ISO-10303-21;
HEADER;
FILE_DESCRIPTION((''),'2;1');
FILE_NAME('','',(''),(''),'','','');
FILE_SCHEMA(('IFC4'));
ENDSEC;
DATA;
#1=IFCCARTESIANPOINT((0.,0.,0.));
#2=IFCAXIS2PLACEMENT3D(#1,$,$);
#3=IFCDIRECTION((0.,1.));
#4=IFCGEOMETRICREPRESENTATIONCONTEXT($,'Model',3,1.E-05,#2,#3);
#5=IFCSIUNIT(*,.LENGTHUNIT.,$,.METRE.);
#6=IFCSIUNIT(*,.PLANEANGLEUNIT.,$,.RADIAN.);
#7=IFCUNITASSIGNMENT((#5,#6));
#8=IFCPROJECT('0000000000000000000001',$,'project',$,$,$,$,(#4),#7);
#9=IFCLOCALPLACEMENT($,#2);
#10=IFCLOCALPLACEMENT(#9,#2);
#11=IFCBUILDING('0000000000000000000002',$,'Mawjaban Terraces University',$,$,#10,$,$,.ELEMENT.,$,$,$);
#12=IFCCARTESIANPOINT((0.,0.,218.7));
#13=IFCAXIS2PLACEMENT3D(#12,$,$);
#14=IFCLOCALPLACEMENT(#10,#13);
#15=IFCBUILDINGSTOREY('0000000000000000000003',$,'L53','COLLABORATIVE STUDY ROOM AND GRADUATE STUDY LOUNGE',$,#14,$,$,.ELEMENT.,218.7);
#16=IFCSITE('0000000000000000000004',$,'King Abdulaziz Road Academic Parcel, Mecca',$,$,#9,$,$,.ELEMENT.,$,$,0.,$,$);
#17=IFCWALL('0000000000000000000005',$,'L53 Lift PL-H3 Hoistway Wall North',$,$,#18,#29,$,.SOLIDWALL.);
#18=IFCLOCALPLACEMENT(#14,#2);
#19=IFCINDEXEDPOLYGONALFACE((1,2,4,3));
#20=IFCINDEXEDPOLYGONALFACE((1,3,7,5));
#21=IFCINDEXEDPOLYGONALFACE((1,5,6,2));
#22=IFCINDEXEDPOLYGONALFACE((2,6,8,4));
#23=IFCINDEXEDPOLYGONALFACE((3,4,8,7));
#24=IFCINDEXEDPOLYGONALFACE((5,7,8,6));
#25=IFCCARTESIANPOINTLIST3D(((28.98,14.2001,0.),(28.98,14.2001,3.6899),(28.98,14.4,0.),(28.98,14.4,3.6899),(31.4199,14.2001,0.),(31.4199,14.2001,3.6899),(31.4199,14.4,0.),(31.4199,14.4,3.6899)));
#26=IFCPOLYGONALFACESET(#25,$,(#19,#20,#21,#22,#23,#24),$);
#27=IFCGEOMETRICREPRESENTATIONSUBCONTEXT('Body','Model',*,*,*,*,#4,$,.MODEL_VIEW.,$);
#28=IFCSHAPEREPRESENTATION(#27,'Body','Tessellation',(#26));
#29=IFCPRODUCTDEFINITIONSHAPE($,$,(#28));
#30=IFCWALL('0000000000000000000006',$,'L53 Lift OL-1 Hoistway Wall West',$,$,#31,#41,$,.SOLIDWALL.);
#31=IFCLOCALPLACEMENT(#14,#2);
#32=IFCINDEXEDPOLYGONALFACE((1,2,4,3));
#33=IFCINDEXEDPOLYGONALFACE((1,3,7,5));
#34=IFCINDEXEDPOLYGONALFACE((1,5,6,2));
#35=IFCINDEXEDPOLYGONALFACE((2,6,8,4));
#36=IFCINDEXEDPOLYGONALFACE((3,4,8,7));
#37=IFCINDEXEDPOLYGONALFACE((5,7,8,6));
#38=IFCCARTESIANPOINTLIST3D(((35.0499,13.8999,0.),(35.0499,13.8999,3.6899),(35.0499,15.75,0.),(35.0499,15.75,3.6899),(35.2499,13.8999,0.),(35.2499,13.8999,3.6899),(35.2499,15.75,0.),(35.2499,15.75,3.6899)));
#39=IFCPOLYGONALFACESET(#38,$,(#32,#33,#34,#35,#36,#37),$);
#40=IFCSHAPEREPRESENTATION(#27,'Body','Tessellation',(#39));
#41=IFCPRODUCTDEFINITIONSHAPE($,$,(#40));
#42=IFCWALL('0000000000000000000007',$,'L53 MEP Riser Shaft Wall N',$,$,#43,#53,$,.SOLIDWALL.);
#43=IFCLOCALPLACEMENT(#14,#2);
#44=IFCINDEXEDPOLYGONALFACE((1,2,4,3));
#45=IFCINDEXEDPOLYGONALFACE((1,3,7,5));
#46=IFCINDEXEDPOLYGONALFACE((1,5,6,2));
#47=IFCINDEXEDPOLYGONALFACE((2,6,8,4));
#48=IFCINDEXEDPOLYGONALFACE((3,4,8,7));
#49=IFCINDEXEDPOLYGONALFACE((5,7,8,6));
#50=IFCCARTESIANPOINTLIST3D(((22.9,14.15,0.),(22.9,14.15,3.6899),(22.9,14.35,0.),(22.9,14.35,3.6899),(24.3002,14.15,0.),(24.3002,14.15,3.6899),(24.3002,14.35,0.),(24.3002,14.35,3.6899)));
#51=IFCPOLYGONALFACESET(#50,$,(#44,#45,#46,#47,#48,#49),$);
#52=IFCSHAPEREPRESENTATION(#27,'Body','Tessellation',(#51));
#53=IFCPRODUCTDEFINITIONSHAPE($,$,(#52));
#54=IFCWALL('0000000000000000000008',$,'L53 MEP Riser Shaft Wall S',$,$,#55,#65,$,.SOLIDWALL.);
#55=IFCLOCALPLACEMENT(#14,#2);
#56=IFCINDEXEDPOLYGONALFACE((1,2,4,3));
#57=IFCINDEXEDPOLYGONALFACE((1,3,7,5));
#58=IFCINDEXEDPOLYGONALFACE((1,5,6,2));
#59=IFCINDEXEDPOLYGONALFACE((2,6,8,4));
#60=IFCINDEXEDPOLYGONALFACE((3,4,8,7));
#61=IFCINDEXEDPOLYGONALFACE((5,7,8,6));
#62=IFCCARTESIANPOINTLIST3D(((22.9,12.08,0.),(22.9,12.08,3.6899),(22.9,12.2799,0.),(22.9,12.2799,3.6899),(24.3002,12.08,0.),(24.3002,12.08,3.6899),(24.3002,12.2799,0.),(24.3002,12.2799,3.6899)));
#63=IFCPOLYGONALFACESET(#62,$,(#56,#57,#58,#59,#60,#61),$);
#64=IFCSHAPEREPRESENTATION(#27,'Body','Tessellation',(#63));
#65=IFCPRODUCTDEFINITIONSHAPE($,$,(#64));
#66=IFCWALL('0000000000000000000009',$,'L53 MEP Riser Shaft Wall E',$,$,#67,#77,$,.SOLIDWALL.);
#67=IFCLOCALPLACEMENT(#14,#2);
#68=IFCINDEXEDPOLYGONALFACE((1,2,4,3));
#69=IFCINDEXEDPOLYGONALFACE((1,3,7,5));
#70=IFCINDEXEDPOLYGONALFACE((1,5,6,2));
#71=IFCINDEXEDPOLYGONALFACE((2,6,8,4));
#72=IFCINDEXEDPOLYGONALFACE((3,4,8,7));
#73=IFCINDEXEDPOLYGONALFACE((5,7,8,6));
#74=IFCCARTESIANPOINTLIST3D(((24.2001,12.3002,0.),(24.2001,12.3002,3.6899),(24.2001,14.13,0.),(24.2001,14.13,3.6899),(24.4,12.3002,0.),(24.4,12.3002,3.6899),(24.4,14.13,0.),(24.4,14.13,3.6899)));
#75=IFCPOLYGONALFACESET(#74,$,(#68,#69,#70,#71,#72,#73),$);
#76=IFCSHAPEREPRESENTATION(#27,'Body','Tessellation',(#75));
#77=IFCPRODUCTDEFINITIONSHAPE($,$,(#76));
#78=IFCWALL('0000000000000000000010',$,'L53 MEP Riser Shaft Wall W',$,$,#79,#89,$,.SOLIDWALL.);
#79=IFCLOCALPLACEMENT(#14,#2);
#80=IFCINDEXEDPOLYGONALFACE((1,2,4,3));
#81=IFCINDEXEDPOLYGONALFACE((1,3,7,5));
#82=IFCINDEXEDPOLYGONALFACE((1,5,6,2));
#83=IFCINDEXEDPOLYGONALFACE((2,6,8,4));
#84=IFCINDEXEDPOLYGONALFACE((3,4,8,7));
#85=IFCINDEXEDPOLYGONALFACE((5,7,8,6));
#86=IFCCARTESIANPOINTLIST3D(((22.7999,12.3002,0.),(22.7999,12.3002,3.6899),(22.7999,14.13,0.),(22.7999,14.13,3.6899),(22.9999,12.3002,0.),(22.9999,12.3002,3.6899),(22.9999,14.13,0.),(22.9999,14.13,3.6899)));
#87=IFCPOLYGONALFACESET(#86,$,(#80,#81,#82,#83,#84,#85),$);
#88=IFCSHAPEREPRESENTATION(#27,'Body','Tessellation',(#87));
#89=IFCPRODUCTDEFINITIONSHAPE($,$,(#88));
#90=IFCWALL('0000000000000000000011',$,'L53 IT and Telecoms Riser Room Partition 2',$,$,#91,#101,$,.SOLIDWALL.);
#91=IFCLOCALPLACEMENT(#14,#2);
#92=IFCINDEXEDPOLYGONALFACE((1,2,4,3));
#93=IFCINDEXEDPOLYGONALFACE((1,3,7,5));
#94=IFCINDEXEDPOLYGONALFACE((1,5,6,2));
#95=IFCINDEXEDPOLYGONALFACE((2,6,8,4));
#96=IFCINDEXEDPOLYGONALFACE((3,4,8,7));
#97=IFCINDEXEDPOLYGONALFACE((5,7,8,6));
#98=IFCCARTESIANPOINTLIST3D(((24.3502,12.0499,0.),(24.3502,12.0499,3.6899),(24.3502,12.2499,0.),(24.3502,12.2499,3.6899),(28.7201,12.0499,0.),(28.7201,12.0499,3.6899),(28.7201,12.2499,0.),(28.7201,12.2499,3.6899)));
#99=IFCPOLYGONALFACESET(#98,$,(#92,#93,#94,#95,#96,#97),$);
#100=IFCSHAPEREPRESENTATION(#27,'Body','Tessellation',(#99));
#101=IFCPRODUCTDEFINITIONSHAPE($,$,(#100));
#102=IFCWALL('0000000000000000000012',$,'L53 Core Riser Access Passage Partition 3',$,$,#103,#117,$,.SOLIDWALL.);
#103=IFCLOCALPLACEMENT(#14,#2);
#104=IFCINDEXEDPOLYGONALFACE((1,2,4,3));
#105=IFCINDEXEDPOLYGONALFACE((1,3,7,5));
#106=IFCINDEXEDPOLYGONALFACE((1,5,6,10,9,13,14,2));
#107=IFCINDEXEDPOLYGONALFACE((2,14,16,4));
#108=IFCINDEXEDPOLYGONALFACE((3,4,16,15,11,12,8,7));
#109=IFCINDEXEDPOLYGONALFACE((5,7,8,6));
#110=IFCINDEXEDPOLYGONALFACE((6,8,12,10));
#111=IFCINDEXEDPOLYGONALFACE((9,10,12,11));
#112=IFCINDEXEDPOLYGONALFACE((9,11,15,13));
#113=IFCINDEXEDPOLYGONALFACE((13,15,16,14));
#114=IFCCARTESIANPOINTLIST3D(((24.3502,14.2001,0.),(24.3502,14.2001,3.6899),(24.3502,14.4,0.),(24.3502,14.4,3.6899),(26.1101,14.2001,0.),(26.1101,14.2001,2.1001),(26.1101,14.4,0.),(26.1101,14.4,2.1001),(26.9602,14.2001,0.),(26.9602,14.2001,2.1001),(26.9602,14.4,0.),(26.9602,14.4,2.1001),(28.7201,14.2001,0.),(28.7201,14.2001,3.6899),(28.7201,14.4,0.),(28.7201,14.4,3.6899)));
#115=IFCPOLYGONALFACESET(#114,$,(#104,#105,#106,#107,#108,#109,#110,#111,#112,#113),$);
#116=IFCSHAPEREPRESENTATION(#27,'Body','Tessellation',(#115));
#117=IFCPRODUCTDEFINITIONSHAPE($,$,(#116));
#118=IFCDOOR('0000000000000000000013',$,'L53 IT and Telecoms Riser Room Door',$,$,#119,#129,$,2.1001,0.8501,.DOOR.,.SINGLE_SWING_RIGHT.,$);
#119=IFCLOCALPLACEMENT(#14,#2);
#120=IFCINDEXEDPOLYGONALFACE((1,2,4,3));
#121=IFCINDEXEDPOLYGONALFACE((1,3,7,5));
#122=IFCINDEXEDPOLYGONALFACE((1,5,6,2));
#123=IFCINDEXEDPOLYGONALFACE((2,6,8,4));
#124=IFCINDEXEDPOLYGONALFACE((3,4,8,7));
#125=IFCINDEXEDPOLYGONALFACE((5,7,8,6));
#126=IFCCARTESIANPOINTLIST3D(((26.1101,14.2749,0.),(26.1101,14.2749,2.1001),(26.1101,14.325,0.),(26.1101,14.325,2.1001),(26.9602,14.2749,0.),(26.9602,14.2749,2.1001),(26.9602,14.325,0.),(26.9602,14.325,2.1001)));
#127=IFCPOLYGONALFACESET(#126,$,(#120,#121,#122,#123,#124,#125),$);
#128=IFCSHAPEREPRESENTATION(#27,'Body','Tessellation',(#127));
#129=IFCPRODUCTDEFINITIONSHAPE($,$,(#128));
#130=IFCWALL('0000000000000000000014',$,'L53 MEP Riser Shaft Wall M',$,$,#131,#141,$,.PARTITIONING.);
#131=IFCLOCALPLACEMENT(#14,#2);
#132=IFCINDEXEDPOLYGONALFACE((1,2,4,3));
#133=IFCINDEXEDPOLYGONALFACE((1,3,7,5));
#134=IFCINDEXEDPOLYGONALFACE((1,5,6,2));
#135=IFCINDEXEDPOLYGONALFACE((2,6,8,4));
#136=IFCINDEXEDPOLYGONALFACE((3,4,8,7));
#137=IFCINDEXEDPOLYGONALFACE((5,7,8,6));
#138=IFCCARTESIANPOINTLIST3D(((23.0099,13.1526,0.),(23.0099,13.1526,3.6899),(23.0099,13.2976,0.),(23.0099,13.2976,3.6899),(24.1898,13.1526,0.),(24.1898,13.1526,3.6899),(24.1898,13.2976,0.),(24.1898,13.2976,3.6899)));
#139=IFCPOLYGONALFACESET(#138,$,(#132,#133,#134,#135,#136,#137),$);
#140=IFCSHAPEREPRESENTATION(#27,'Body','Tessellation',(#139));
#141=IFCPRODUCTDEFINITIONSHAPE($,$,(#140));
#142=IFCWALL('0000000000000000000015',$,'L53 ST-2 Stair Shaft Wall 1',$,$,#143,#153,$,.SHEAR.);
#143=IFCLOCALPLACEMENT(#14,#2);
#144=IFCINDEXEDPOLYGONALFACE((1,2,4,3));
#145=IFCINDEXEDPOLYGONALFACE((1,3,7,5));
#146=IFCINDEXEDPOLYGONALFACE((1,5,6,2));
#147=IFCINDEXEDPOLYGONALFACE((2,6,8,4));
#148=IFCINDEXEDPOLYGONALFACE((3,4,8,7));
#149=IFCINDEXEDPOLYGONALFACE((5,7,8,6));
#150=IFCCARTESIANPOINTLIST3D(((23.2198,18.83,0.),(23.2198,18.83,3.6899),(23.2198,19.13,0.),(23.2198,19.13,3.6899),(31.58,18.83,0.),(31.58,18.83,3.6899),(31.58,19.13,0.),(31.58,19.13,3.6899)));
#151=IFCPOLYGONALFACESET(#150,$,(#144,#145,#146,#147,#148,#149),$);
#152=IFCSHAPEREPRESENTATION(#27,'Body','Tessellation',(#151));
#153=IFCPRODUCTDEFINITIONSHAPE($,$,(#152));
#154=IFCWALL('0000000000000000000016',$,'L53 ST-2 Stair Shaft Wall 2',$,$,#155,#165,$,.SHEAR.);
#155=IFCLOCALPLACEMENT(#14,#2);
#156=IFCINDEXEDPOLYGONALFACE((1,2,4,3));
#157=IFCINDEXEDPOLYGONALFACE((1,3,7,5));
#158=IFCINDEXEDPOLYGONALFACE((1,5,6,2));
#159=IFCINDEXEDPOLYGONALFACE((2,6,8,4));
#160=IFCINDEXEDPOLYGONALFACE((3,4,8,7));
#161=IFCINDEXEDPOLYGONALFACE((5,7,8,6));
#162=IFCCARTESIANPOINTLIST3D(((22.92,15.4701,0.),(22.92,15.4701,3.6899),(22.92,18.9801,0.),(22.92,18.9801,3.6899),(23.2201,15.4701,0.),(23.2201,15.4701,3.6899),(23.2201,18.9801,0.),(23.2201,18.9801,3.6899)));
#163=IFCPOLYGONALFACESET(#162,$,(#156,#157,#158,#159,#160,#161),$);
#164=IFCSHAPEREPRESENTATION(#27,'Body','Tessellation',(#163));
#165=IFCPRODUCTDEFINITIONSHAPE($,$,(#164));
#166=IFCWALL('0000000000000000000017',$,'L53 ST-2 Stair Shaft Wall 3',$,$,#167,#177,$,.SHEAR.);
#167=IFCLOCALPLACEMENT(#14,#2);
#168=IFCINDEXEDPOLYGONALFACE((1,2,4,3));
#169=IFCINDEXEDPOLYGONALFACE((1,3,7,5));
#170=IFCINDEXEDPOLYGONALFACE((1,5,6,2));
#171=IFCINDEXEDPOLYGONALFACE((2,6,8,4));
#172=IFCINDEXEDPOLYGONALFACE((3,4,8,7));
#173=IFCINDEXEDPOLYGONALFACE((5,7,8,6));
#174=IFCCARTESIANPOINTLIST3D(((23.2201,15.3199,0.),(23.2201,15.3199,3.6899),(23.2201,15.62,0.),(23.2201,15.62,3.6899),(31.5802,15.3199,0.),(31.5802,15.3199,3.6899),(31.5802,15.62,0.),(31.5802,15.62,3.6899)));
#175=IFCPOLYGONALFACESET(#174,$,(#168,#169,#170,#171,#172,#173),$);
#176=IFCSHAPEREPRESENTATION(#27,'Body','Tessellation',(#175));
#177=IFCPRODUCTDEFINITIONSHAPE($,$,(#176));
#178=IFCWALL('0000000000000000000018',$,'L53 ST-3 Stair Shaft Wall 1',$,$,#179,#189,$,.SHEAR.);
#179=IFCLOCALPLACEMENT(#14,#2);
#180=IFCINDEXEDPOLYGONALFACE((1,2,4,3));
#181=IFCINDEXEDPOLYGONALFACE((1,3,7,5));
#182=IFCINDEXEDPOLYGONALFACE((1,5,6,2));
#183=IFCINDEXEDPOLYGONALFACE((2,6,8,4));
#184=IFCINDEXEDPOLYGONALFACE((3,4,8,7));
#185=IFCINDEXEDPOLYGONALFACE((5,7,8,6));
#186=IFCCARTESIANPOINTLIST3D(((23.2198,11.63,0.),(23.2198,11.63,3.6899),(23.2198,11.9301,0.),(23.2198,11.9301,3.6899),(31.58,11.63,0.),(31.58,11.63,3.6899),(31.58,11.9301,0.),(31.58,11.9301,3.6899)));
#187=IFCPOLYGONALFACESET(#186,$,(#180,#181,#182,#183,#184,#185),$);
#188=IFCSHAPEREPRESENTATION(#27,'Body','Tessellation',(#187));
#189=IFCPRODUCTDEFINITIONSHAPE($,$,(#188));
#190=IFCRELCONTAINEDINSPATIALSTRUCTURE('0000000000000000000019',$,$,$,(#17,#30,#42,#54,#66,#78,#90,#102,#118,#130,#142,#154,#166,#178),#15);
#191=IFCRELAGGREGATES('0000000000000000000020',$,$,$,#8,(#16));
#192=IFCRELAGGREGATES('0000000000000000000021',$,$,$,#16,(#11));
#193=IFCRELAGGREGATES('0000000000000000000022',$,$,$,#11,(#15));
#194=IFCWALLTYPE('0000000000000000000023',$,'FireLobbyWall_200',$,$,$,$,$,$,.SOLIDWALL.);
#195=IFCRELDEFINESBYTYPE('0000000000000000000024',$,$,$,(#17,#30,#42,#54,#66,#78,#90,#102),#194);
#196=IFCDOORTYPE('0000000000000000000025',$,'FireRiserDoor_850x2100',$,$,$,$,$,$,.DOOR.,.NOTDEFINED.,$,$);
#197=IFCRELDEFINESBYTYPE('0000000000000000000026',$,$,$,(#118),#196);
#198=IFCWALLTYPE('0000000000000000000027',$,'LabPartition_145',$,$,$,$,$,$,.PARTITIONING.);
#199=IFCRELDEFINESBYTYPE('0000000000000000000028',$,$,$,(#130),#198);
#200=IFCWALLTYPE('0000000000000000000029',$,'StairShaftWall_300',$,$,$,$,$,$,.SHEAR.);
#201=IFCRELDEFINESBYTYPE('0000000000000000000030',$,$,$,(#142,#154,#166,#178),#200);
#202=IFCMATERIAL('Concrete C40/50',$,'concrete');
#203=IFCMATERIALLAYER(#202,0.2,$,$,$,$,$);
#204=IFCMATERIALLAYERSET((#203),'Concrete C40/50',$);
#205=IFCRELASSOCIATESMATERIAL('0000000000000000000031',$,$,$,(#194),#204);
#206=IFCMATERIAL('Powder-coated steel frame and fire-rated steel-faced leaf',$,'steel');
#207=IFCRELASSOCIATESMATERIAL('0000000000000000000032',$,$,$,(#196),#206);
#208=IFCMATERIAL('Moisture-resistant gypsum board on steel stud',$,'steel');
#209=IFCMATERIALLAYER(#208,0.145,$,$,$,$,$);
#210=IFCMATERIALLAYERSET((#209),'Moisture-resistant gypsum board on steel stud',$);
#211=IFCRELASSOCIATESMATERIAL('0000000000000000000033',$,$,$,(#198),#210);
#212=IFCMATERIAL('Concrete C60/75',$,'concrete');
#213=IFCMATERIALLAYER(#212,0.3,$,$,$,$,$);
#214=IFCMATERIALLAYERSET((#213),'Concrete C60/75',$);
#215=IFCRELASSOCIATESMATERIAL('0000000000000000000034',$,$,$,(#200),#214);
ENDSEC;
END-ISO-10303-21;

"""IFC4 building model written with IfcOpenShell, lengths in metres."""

from ifc_helpers import new_model, si_unit, direction, frame, frame_2d, origin, place, context, subcontext, project, spatial, rectangle, extrude, material, layer, layer_set, type_object, element, fill, save


model = new_model("IFC4")

# Units and contexts
model_context = context("Model", 3, precision=1e-05, world=origin(), true_north=direction((0.0, 1.0)))
body_context = subcontext(model_context, "Body", "Model", "MODEL_VIEW")
ifc_project = project(units=[si_unit("LENGTHUNIT", "METRE"), si_unit("PLANEANGLEUNIT", "RADIAN")], contexts=[model_context])

# Site, building, storey
site_placement = place(None, origin())
site = spatial("IfcSite", under=ifc_project, at=site_placement, Name="King Abdulaziz Road Academic Parcel, Mecca", CompositionType="ELEMENT", RefElevation=0.0)
building_placement = place(site_placement, origin())
building = spatial("IfcBuilding", under=site, at=building_placement, Name="Mawjaban Terraces University", CompositionType="ELEMENT")
storey_placement = place(building_placement, frame((0.0, 0.0, 218.7)))
storey = spatial("IfcBuildingStorey", under=building, at=storey_placement, Name="L53", Description="COLLABORATIVE STUDY ROOM AND GRADUATE STUDY LOUNGE", CompositionType="ELEMENT", Elevation=218.7)

# Shared definitions
ifc_material_1 = material(Name="Concrete C60/75", Category="concrete")

# Shared definitions
ifc_material_2 = material(Name="Concrete C40/50", Category="concrete")
ifc_layer_1 = layer(ifc_material_2, 0.2)
ifc_layer_set_1 = layer_set([ifc_layer_1], Name="Concrete C40/50")
wall_type_1 = type_object("IfcWallType", Name="FireLobbyWall_200", PredefinedType="SOLIDWALL", material=ifc_layer_set_1)
ifc_material_3 = material(Name="Powder-coated steel frame and fire-rated steel-faced leaf", Category="steel")

# Walls
wall_1_placement = place(storey_placement, frame((31.4199, 14.3, 0.0), z_axis=(0.0, 0.0, 1.0), x_axis=(-1.0, 0.0, 0.0)))
element("IfcWall", 1, at=wall_1_placement, inside=storey, type_object=wall_type_1, Name="L53 Lift PL-H3 Hoistway Wall North", PredefinedType="SOLIDWALL", context=body_context, shape_type="SweptSolid", body=[
    extrude(rectangle(XDim=2.4399, YDim=0.2, at=frame_2d((1.22, 0.0))), origin(), (0.0, 0.0, 1.0), 3.6899),
])
wall_2_placement = place(storey_placement, frame((35.1499, 15.75, 0.0), z_axis=(0.0, 0.0, 1.0), x_axis=(0.0, -1.0, 0.0)))
element("IfcWall", 2, at=wall_2_placement, inside=storey, type_object=wall_type_1, Name="L53 Lift OL-1 Hoistway Wall West", PredefinedType="SOLIDWALL", context=body_context, shape_type="SweptSolid", body=[
    extrude(rectangle(XDim=1.8501, YDim=0.2, at=frame_2d((0.925, 0.0))), origin(), (0.0, 0.0, 1.0), 3.6899),
])
for number, where, z_axis, x_axis, name in (
    (3, (22.8999, 14.25, 0.0), (0.0, 0.0, 1.0), (1.0, 0.0, 0.0), "L53 MEP Riser Shaft Wall N"),
    (4, (22.8999, 12.1799, 0.0), (0.0, 0.0, 1.0), (1.0, 0.0, 0.0), "L53 MEP Riser Shaft Wall S"),
):
    element("IfcWall", number, at=place(storey_placement, frame(where, z_axis=z_axis, x_axis=x_axis)), inside=storey, type_object=wall_type_1, Name=name, PredefinedType="SOLIDWALL", context=body_context, shape_type="SweptSolid", body=[
        extrude(rectangle(XDim=1.4001, YDim=0.2, at=frame_2d((0.7002, 0.0))), origin(), (0.0, 0.0, 1.0), 3.6899),
    ])
for number, where, z_axis, x_axis, name in (
    (5, (24.3, 12.3, 0.0), (0.0, 0.0, 1.0), (0.0, 1.0, 0.0), "L53 MEP Riser Shaft Wall E"),
    (6, (22.8999, 12.3, 0.0), (0.0, 0.0, 1.0), (0.0, 1.0, 0.0), "L53 MEP Riser Shaft Wall W"),
):
    element("IfcWall", number, at=place(storey_placement, frame(where, z_axis=z_axis, x_axis=x_axis)), inside=storey, type_object=wall_type_1, Name=name, PredefinedType="SOLIDWALL", context=body_context, shape_type="SweptSolid", body=[
        extrude(rectangle(XDim=1.8298, YDim=0.2, at=frame_2d((0.915, 0.0))), origin(), (0.0, 0.0, 1.0), 3.6899),
    ])
wall_3_placement = place(storey_placement, frame((24.3501, 12.1499, 0.0), z_axis=(0.0, 0.0, 1.0), x_axis=(1.0, 0.0, 0.0)))
element("IfcWall", 7, at=wall_3_placement, inside=storey, type_object=wall_type_1, Name="L53 IT and Telecoms Riser Room Partition 2", PredefinedType="SOLIDWALL", context=body_context, shape_type="SweptSolid", body=[
    extrude(rectangle(XDim=4.3699, YDim=0.2, at=frame_2d((2.1851, 0.0))), origin(), (0.0, 0.0, 1.0), 3.6899),
])

# Wall, opening, door
wall_4_placement = place(storey_placement, frame((24.3501, 14.3, 0.0), z_axis=(0.0, 0.0, 1.0), x_axis=(1.0, 0.0, 0.0)))
wall_4 = element("IfcWall", 8, at=wall_4_placement, inside=storey, type_object=wall_type_1, Name="L53 Core Riser Access Passage Partition 3", PredefinedType="SOLIDWALL", context=body_context, shape_type="SweptSolid", body=[
    extrude(rectangle(XDim=4.3699, YDim=0.2, at=frame_2d((2.1851, 0.0))), origin(), (0.0, 0.0, 1.0), 3.6899),
])
opening_1_placement = place(wall_4_placement, frame((1.76, 0.0, 0.0)))
opening_1 = element("IfcOpeningElement", 9, at=opening_1_placement, cuts=wall_4, PredefinedType="OPENING", context=body_context, shape_type="SweptSolid", body=[
    extrude(rectangle(XDim=0.8501, YDim=2.1001, at=frame_2d((0.425, 1.05))), frame((0.0, 0.1099, 0.0), z_axis=(0.0, -1.0, 0.0), x_axis=(1.0, 0.0, 0.0)), (0.0, 0.0, 1.0), 0.22),
])
door_type_1 = type_object("IfcDoorType", Name="FireRiserDoor_850x2100", OperationType="NOTDEFINED", PredefinedType="DOOR", material=ifc_material_3)
door_1_placement = place(opening_1_placement, origin())
door_1 = element("IfcDoor", 10, at=door_1_placement, inside=storey, type_object=door_type_1, Name="L53 IT and Telecoms Riser Room Door", OperationType="SINGLE_SWING_RIGHT", OverallHeight=2.1001, OverallWidth=0.8501, PredefinedType="DOOR", context=body_context, shape_type="SweptSolid", body=[
    extrude(rectangle(XDim=0.8501, YDim=2.1001, at=frame_2d((0.425, 1.05))), frame((0.0, 0.0249, 0.0), z_axis=(0.0, -1.0, 0.0), x_axis=(1.0, 0.0, 0.0)), (0.0, 0.0, 1.0), 0.05),
])
fill(opening_1, door_1)

# Walls
ifc_material_4 = material(Name="Moisture-resistant gypsum board on steel stud", Category="steel")
ifc_layer_2 = layer(ifc_material_4, 0.145)
ifc_layer_set_2 = layer_set([ifc_layer_2], Name="Moisture-resistant gypsum board on steel stud")
wall_type_2 = type_object("IfcWallType", Name="LabPartition_145", PredefinedType="PARTITIONING", material=ifc_layer_set_2)
wall_5_placement = place(storey_placement, frame((23.01, 13.2251, 0.0), z_axis=(0.0, 0.0, 1.0), x_axis=(1.0, 0.0, 0.0)))
element("IfcWall", 11, at=wall_5_placement, inside=storey, type_object=wall_type_2, Name="L53 MEP Riser Shaft Wall M", PredefinedType="PARTITIONING", context=body_context, shape_type="SweptSolid", body=[
    extrude(rectangle(XDim=1.1799, YDim=0.145, at=frame_2d((0.5898, 0.0))), origin(), (0.0, 0.0, 1.0), 3.6899),
])
ifc_layer_3 = layer(ifc_material_1, 0.3)
ifc_layer_set_3 = layer_set([ifc_layer_3], Name="Concrete C60/75")
wall_type_3 = type_object("IfcWallType", Name="StairShaftWall_300", PredefinedType="SHEAR", material=ifc_layer_set_3)
wall_6_placement = place(storey_placement, frame((31.5801, 18.98, 0.0), z_axis=(0.0, 0.0, 1.0), x_axis=(-1.0, 0.0, 0.0)))
element("IfcWall", 12, at=wall_6_placement, inside=storey, type_object=wall_type_3, Name="L53 ST-2 Stair Shaft Wall 1", PredefinedType="SHEAR", context=body_context, shape_type="SweptSolid", body=[
    extrude(rectangle(XDim=8.3601, YDim=0.3, at=frame_2d((4.1802, 0.0))), origin(), (0.0, 0.0, 1.0), 3.6899),
])
wall_7_placement = place(storey_placement, frame((23.0701, 18.98, 0.0), z_axis=(0.0, 0.0, 1.0), x_axis=(0.0, -1.0, 0.0)))
element("IfcWall", 13, at=wall_7_placement, inside=storey, type_object=wall_type_3, Name="L53 ST-2 Stair Shaft Wall 2", PredefinedType="SHEAR", context=body_context, shape_type="SweptSolid", body=[
    extrude(rectangle(XDim=3.51, YDim=0.3, at=frame_2d((1.7549, 0.0))), origin(), (0.0, 0.0, 1.0), 3.6899),
])
wall_8_placement = place(storey_placement, frame((23.22, 15.47, 0.0), z_axis=(0.0, 0.0, 1.0), x_axis=(1.0, 0.0, 0.0)))
element("IfcWall", 14, at=wall_8_placement, inside=storey, type_object=wall_type_3, Name="L53 ST-2 Stair Shaft Wall 3", PredefinedType="SHEAR", context=body_context, shape_type="SweptSolid", body=[
    extrude(rectangle(XDim=8.3601, YDim=0.3, at=frame_2d((4.1802, 0.0))), origin(), (0.0, 0.0, 1.0), 3.6899),
])

# Wall
wall_9_placement = place(storey_placement, frame((31.5801, 11.78, 0.0), z_axis=(0.0, 0.0, 1.0), x_axis=(-1.0, 0.0, 0.0)))
element("IfcWall", 15, at=wall_9_placement, inside=storey, type_object=wall_type_3, Name="L53 ST-3 Stair Shaft Wall 1", PredefinedType="SHEAR", context=body_context, shape_type="SweptSolid", body=[
    extrude(rectangle(XDim=8.3601, YDim=0.3, at=frame_2d((4.1802, 0.0))), origin(), (0.0, 0.0, 1.0), 3.6899),
])

save(model, "model.ifc")
